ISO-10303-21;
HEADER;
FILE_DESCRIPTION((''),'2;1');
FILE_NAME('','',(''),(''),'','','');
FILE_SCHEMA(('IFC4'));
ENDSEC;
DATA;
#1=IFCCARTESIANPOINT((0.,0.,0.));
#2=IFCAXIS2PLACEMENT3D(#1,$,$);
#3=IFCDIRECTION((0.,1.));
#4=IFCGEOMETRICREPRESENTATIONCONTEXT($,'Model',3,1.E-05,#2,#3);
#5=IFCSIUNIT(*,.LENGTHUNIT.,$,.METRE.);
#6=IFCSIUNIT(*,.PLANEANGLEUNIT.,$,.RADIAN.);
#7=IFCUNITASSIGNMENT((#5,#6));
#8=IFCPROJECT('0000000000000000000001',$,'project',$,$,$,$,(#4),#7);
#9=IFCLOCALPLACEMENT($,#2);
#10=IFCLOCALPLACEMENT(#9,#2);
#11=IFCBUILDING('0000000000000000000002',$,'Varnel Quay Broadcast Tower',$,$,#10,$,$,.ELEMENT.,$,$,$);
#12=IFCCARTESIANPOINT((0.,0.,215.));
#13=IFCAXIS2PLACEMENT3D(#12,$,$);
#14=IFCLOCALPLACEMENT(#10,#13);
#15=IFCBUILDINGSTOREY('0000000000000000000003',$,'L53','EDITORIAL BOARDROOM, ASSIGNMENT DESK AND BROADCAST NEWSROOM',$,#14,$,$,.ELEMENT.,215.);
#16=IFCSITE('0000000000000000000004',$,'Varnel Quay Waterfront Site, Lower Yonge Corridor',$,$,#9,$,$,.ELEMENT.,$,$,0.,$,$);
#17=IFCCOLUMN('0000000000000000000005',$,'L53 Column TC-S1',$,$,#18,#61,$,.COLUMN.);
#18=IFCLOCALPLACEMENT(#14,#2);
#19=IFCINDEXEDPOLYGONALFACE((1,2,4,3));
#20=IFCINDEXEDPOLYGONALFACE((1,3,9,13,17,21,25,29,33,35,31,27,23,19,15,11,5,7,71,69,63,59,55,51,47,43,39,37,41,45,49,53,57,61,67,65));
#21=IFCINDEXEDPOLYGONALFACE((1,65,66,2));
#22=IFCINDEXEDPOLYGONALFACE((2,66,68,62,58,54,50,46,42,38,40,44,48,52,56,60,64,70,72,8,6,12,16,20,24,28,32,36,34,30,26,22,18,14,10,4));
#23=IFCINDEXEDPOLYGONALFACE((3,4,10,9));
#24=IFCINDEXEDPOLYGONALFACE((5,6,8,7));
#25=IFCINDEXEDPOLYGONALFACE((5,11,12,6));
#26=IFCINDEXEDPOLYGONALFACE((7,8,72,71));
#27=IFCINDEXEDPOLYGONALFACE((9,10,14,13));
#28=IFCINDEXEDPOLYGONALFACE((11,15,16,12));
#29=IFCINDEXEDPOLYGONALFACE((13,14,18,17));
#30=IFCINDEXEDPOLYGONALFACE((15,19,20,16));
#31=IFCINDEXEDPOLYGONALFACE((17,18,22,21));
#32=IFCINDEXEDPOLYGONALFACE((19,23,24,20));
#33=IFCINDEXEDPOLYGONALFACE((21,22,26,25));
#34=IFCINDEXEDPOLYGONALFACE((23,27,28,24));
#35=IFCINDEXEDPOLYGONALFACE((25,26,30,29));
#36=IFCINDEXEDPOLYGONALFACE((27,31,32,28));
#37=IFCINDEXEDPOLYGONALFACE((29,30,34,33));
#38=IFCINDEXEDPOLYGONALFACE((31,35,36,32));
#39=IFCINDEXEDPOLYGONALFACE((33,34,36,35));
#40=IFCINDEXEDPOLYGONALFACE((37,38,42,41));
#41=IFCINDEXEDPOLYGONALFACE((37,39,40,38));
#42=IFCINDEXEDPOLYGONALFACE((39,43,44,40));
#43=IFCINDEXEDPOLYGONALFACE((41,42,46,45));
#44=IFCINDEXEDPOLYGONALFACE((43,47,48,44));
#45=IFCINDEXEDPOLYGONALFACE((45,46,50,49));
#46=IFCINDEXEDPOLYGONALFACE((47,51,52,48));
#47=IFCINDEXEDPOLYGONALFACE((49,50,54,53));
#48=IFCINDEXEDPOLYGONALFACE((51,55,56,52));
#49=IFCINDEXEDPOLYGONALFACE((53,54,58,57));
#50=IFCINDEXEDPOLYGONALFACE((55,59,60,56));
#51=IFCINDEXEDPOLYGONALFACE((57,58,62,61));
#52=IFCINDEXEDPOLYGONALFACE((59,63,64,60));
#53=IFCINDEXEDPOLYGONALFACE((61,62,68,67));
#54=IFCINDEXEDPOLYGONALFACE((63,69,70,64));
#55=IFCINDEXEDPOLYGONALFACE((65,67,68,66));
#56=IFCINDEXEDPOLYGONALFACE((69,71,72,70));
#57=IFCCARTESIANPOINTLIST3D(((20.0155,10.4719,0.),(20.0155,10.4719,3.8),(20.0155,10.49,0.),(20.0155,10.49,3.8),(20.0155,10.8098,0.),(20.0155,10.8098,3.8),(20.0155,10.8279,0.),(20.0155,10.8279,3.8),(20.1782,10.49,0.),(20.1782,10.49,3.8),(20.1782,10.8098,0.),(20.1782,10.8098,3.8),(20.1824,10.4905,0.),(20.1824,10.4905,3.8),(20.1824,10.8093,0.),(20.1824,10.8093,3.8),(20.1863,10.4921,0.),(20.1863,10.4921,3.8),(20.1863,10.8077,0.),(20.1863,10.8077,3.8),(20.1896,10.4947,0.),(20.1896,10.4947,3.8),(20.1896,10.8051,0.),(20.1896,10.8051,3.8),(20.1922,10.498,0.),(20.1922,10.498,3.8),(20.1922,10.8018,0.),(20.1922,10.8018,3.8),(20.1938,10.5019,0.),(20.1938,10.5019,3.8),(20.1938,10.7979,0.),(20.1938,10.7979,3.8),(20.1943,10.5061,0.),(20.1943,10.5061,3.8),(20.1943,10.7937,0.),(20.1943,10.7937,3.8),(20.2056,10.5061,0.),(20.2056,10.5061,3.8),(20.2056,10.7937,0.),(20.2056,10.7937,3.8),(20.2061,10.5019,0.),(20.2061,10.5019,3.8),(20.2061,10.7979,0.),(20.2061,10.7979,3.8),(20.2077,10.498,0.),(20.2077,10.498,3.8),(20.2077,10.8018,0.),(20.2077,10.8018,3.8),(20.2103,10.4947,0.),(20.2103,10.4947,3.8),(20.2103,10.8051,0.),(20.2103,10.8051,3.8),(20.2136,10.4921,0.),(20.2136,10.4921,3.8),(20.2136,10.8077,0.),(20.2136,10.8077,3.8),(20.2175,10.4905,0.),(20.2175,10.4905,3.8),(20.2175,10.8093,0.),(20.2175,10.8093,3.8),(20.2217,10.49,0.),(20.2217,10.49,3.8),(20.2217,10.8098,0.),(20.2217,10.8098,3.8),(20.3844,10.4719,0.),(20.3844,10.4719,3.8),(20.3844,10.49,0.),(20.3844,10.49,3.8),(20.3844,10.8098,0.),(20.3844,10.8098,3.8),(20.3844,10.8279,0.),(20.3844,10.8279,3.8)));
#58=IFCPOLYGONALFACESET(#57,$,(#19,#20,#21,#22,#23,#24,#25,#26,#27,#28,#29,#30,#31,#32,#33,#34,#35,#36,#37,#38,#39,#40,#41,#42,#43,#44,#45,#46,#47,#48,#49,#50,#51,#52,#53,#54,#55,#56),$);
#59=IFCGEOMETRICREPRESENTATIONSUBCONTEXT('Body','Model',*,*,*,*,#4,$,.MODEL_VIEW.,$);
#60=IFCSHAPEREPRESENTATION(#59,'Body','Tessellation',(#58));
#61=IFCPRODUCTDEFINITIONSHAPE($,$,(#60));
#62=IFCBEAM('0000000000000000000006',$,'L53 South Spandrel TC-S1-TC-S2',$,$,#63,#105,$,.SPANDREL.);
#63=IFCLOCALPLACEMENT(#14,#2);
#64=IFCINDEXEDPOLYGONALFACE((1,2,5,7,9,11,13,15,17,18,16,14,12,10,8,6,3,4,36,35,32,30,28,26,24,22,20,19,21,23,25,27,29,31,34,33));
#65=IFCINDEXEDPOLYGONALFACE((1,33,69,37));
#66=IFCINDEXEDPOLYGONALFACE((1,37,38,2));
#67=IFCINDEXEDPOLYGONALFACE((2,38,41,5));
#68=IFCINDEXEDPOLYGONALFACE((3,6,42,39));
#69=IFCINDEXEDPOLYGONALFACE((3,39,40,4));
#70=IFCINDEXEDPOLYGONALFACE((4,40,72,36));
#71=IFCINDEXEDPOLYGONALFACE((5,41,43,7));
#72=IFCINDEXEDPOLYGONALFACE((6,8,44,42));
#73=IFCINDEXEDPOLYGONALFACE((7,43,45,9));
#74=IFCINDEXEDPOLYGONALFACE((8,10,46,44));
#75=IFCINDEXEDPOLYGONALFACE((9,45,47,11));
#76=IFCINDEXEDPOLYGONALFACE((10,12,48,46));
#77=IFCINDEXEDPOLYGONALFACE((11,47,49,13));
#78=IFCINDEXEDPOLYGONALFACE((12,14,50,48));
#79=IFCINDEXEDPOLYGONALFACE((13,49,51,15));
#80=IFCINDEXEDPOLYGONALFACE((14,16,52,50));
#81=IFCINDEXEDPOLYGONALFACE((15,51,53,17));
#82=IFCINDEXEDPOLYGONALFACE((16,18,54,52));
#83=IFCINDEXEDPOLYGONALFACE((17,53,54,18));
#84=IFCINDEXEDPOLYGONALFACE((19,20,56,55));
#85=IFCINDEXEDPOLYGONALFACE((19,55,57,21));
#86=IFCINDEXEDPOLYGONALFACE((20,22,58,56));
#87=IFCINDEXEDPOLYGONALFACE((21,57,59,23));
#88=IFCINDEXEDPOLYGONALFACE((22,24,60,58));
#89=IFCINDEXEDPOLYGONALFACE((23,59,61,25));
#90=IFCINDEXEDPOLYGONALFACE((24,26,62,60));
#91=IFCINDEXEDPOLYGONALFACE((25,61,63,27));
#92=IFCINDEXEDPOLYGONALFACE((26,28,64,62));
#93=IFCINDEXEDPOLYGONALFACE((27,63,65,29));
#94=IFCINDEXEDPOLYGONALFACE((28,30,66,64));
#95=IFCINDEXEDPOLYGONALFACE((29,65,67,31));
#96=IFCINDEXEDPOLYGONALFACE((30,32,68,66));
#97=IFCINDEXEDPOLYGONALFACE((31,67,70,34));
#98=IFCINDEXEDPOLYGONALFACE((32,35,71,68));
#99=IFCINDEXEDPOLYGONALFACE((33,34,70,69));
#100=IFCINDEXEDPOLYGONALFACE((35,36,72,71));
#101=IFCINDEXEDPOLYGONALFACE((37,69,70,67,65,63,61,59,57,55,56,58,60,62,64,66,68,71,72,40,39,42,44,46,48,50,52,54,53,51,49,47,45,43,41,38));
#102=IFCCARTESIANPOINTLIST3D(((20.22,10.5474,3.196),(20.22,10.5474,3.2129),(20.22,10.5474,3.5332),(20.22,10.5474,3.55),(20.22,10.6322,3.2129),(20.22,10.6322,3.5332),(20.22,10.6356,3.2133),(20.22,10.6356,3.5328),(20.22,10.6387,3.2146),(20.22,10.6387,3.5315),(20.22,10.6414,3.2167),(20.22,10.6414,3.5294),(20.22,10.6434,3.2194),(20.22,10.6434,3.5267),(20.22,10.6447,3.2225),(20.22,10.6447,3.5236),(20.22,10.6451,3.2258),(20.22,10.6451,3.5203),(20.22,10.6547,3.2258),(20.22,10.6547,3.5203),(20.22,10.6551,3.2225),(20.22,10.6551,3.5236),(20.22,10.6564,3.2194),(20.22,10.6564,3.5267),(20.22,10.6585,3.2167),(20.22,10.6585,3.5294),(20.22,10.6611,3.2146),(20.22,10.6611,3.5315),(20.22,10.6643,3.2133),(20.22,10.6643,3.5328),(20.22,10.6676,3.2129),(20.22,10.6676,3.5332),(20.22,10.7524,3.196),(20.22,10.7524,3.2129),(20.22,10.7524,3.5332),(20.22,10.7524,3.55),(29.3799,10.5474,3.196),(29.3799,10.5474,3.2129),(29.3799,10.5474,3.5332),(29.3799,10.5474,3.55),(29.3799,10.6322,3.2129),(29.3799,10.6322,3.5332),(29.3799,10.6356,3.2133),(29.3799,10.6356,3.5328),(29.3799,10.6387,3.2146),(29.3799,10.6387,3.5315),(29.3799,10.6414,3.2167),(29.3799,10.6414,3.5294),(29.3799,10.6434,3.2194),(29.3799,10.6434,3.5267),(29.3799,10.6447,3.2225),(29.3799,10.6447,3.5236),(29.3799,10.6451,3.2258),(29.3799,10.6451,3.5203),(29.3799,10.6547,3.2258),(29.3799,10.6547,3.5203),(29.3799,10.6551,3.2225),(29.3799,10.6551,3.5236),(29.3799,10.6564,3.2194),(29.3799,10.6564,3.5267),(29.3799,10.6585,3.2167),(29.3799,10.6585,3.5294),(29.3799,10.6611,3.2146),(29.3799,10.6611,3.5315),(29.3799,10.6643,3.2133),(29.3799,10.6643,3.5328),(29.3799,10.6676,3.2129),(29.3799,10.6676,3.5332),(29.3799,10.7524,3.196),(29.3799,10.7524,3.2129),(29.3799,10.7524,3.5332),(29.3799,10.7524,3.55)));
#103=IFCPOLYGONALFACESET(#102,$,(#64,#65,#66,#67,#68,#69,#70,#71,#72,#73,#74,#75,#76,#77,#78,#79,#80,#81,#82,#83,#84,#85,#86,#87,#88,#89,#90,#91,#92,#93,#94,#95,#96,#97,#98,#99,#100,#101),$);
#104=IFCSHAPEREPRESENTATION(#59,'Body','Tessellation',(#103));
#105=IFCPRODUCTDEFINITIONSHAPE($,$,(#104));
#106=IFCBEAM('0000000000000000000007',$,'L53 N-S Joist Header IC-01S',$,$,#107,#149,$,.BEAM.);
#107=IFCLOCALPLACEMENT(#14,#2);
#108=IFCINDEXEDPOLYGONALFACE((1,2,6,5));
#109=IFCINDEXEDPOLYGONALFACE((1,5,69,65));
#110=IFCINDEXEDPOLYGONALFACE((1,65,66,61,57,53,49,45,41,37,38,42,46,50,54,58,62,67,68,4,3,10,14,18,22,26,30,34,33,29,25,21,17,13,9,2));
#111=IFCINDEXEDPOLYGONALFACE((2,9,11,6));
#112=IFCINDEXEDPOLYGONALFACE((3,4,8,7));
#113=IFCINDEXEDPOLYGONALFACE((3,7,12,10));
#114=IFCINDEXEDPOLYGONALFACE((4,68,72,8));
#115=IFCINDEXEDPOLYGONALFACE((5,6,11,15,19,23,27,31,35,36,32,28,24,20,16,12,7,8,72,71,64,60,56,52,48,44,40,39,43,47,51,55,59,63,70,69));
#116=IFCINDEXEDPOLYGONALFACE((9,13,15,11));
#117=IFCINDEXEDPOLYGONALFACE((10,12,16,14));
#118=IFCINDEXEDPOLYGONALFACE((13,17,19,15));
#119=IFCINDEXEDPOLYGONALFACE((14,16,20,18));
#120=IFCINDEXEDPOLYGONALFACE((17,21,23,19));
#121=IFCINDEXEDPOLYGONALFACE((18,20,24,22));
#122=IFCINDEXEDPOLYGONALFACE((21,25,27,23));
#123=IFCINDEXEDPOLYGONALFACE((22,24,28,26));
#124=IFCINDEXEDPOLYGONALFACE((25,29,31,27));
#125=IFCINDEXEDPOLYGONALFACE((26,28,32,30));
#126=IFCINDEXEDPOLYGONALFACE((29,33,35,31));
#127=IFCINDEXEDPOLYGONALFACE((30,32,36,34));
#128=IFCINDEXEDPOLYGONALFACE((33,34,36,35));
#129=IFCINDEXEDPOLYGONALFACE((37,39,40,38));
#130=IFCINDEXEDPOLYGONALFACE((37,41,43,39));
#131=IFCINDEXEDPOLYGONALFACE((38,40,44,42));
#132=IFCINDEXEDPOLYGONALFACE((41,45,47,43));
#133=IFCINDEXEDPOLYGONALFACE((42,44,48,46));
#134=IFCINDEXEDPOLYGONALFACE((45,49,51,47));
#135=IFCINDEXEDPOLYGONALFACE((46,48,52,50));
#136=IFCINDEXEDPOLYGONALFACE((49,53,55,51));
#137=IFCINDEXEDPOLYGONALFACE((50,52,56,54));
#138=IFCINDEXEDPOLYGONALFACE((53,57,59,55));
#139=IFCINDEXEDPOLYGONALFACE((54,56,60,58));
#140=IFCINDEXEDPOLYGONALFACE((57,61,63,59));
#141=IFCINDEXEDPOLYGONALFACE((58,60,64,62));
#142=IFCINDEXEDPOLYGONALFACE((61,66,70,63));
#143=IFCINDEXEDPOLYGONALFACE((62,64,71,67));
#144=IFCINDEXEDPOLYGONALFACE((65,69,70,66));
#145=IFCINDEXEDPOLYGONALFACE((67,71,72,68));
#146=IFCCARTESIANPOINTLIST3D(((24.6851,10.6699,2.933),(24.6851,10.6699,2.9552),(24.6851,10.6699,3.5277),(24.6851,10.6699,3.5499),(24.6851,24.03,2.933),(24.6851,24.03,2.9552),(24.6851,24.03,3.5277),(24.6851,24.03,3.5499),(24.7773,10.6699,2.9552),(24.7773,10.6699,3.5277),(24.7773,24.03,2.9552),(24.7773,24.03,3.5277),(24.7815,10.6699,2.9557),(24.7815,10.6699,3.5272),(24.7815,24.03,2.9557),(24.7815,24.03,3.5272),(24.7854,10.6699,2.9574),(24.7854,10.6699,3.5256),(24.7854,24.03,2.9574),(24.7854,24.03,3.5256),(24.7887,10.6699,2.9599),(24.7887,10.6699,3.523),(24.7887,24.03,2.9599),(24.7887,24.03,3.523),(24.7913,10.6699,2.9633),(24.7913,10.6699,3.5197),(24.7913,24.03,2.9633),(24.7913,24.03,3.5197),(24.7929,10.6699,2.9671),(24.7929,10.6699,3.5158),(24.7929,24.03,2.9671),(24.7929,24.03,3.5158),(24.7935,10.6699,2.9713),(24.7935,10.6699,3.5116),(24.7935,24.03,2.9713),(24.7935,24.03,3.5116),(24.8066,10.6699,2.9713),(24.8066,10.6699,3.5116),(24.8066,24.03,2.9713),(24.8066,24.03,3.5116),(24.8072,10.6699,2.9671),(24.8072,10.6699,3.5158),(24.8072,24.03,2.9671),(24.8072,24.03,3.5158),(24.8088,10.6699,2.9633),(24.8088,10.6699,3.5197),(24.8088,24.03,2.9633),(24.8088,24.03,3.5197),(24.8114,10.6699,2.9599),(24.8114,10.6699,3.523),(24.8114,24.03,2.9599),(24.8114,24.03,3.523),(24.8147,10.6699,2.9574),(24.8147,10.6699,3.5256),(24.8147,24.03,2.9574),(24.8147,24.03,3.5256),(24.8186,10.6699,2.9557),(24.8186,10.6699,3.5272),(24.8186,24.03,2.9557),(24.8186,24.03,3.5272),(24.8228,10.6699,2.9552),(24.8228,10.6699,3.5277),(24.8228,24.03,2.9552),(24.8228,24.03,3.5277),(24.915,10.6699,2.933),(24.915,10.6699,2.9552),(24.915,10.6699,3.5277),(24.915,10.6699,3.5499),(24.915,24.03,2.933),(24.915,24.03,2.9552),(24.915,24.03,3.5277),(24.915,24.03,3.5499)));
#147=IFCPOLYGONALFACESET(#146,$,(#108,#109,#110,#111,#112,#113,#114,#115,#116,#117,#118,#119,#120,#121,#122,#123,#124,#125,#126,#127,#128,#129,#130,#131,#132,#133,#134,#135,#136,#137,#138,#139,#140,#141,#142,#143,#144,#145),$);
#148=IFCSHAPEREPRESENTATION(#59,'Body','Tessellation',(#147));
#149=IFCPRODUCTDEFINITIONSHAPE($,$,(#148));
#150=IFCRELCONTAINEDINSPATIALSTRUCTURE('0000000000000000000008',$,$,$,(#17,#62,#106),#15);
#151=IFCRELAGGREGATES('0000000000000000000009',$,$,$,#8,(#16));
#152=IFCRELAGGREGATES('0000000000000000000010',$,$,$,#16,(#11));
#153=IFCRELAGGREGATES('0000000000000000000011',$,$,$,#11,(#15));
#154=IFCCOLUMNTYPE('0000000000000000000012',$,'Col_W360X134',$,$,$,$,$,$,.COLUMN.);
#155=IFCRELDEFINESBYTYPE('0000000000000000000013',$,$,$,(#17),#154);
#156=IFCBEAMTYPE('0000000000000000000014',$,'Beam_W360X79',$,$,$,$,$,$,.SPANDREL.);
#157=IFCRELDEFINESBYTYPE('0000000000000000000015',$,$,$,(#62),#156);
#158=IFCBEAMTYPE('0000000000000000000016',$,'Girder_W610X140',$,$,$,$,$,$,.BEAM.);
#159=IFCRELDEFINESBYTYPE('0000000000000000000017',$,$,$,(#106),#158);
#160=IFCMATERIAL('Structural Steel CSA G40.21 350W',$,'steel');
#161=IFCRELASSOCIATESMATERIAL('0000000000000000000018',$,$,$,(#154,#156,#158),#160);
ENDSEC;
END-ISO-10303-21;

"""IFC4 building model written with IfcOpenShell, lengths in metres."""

from ifc_helpers import new_model, si_unit, direction, frame, origin, origin_2d, place, context, subcontext, project, spatial, i_section, extrude, source, transform, mapped, material, material_profile, profile_set, type_object, type_shapes, element, save


model = new_model("IFC4")

# Units and contexts
model_context = context("Model", 3, precision=1e-05, world=origin(), true_north=direction((0.0, 1.0)))
body_context = subcontext(model_context, "Body", "Model", "MODEL_VIEW")
ifc_project = project(units=[si_unit("LENGTHUNIT", "METRE"), si_unit("PLANEANGLEUNIT", "RADIAN")], contexts=[model_context])

# Site, building, storey
site_placement = place(None, origin())
site = spatial("IfcSite", under=ifc_project, at=site_placement, Name="Varnel Quay Waterfront Site, Lower Yonge Corridor", CompositionType="ELEMENT", RefElevation=0.0)
building_placement = place(site_placement, origin())
building = spatial("IfcBuilding", under=site, at=building_placement, Name="Varnel Quay Broadcast Tower", CompositionType="ELEMENT")
storey_placement = place(building_placement, frame((0.0, 0.0, 215.0)))
storey = spatial("IfcBuildingStorey", under=building, at=storey_placement, Name="L53", Description="EDITORIAL BOARDROOM, ASSIGNMENT DESK AND BROADCAST NEWSROOM", CompositionType="ELEMENT", Elevation=215.0)

# Column
ifc_material_1 = material(Name="Structural Steel CSA G40.21 350W", Category="steel")
ifc_material_profile_1 = material_profile(ifc_material_1, i_section(OverallWidth=0.3689, OverallDepth=0.356, WebThickness=0.0112, FlangeThickness=0.0181, FilletRadius=0.0161, at=origin_2d()), Name="W360X134")
ifc_profile_set_1 = profile_set([ifc_material_profile_1], Name="Structural Steel CSA G40.21 350W")
column_type = type_object("IfcColumnType", Name="Col_W360X134", PredefinedType="COLUMN", material=ifc_profile_set_1)
shared_shape_1 = source(origin(), body_context, "Body", "SweptSolid", [
    extrude(i_section(OverallWidth=0.3689, OverallDepth=0.356, WebThickness=0.0112, FlangeThickness=0.0181, FilletRadius=0.0161, at=origin_2d()), origin(), (0.0, 0.0, 1.0), 3.8),
])
type_shapes(column_type, [shared_shape_1])
column_placement = place(storey_placement, frame((20.2, 10.6499, 0.0), z_axis=(0.0, 0.0, 1.0), x_axis=(1.0, 0.0, 0.0)))
element("IfcColumn", 1, at=column_placement, inside=storey, type_object=column_type, Name="L53 Column TC-S1", PredefinedType="COLUMN", context=body_context, shape_type="MappedRepresentation", body=[
    mapped(shared_shape_1, transform((0.0, 0.0, 0.0), x_axis=(1.0, 0.0, 0.0), y_axis=(0.0, 1.0, 0.0), z_axis=(0.0, 0.0, 1.0), scale=1.0)),
])

# Beams
ifc_material_profile_2 = material_profile(ifc_material_1, i_section(OverallWidth=0.2051, OverallDepth=0.354, WebThickness=0.0095, FlangeThickness=0.0168, FilletRadius=0.0129, at=origin_2d()), Name="W360X79")
ifc_profile_set_2 = profile_set([ifc_material_profile_2], Name="Structural Steel CSA G40.21 350W")
beam_type_1 = type_object("IfcBeamType", Name="Beam_W360X79", PredefinedType="SPANDREL", material=ifc_profile_set_2)
shared_shape_2 = source(origin(), body_context, "Body", "SweptSolid", [
    extrude(i_section(OverallWidth=0.2051, OverallDepth=0.354, WebThickness=0.0095, FlangeThickness=0.0168, FilletRadius=0.0129, at=origin_2d()), origin(), (0.0, 0.0, 1.0), 9.1599),
])
type_shapes(beam_type_1, [shared_shape_2])
beam_1_placement = place(storey_placement, frame((20.22, 10.6499, 3.373), z_axis=(1.0, 0.0, 0.0), x_axis=(0.0, 1.0, 0.0)))
element("IfcBeam", 2, at=beam_1_placement, inside=storey, type_object=beam_type_1, Name="L53 South Spandrel TC-S1-TC-S2", PredefinedType="SPANDREL", context=body_context, shape_type="MappedRepresentation", body=[
    mapped(shared_shape_2, transform((0.0, 0.0, 0.0), x_axis=(1.0, 0.0, 0.0), y_axis=(0.0, 1.0, 0.0), z_axis=(0.0, 0.0, 1.0), scale=1.0)),
])
ifc_material_profile_3 = material_profile(ifc_material_1, i_section(OverallWidth=0.23, OverallDepth=0.6169, WebThickness=0.0132, FlangeThickness=0.0222, FilletRadius=0.0161, at=origin_2d()), Name="W610X140")
ifc_profile_set_3 = profile_set([ifc_material_profile_3], Name="Structural Steel CSA G40.21 350W")
beam_type_2 = type_object("IfcBeamType", Name="Girder_W610X140", PredefinedType="BEAM", material=ifc_profile_set_3)
shared_shape_3 = source(origin(), body_context, "Body", "SweptSolid", [
    extrude(i_section(OverallWidth=0.23, OverallDepth=0.6169, WebThickness=0.0132, FlangeThickness=0.0222, FilletRadius=0.0161, at=origin_2d()), origin(), (0.0, 0.0, 1.0), 13.3601),
])
type_shapes(beam_type_2, [shared_shape_3])
beam_2_placement = place(storey_placement, frame((24.8, 10.6699, 3.2415), z_axis=(0.0, 1.0, 0.0), x_axis=(-1.0, 0.0, 0.0)))
element("IfcBeam", 3, at=beam_2_placement, inside=storey, type_object=beam_type_2, Name="L53 N-S Joist Header IC-01S", PredefinedType="BEAM", context=body_context, shape_type="MappedRepresentation", body=[
    mapped(shared_shape_3, transform((0.0, 0.0, 0.0), x_axis=(1.0, 0.0, 0.0), y_axis=(0.0, 1.0, 0.0), z_axis=(0.0, 0.0, 1.0), scale=1.0)),
])

save(model, "model.ifc")
